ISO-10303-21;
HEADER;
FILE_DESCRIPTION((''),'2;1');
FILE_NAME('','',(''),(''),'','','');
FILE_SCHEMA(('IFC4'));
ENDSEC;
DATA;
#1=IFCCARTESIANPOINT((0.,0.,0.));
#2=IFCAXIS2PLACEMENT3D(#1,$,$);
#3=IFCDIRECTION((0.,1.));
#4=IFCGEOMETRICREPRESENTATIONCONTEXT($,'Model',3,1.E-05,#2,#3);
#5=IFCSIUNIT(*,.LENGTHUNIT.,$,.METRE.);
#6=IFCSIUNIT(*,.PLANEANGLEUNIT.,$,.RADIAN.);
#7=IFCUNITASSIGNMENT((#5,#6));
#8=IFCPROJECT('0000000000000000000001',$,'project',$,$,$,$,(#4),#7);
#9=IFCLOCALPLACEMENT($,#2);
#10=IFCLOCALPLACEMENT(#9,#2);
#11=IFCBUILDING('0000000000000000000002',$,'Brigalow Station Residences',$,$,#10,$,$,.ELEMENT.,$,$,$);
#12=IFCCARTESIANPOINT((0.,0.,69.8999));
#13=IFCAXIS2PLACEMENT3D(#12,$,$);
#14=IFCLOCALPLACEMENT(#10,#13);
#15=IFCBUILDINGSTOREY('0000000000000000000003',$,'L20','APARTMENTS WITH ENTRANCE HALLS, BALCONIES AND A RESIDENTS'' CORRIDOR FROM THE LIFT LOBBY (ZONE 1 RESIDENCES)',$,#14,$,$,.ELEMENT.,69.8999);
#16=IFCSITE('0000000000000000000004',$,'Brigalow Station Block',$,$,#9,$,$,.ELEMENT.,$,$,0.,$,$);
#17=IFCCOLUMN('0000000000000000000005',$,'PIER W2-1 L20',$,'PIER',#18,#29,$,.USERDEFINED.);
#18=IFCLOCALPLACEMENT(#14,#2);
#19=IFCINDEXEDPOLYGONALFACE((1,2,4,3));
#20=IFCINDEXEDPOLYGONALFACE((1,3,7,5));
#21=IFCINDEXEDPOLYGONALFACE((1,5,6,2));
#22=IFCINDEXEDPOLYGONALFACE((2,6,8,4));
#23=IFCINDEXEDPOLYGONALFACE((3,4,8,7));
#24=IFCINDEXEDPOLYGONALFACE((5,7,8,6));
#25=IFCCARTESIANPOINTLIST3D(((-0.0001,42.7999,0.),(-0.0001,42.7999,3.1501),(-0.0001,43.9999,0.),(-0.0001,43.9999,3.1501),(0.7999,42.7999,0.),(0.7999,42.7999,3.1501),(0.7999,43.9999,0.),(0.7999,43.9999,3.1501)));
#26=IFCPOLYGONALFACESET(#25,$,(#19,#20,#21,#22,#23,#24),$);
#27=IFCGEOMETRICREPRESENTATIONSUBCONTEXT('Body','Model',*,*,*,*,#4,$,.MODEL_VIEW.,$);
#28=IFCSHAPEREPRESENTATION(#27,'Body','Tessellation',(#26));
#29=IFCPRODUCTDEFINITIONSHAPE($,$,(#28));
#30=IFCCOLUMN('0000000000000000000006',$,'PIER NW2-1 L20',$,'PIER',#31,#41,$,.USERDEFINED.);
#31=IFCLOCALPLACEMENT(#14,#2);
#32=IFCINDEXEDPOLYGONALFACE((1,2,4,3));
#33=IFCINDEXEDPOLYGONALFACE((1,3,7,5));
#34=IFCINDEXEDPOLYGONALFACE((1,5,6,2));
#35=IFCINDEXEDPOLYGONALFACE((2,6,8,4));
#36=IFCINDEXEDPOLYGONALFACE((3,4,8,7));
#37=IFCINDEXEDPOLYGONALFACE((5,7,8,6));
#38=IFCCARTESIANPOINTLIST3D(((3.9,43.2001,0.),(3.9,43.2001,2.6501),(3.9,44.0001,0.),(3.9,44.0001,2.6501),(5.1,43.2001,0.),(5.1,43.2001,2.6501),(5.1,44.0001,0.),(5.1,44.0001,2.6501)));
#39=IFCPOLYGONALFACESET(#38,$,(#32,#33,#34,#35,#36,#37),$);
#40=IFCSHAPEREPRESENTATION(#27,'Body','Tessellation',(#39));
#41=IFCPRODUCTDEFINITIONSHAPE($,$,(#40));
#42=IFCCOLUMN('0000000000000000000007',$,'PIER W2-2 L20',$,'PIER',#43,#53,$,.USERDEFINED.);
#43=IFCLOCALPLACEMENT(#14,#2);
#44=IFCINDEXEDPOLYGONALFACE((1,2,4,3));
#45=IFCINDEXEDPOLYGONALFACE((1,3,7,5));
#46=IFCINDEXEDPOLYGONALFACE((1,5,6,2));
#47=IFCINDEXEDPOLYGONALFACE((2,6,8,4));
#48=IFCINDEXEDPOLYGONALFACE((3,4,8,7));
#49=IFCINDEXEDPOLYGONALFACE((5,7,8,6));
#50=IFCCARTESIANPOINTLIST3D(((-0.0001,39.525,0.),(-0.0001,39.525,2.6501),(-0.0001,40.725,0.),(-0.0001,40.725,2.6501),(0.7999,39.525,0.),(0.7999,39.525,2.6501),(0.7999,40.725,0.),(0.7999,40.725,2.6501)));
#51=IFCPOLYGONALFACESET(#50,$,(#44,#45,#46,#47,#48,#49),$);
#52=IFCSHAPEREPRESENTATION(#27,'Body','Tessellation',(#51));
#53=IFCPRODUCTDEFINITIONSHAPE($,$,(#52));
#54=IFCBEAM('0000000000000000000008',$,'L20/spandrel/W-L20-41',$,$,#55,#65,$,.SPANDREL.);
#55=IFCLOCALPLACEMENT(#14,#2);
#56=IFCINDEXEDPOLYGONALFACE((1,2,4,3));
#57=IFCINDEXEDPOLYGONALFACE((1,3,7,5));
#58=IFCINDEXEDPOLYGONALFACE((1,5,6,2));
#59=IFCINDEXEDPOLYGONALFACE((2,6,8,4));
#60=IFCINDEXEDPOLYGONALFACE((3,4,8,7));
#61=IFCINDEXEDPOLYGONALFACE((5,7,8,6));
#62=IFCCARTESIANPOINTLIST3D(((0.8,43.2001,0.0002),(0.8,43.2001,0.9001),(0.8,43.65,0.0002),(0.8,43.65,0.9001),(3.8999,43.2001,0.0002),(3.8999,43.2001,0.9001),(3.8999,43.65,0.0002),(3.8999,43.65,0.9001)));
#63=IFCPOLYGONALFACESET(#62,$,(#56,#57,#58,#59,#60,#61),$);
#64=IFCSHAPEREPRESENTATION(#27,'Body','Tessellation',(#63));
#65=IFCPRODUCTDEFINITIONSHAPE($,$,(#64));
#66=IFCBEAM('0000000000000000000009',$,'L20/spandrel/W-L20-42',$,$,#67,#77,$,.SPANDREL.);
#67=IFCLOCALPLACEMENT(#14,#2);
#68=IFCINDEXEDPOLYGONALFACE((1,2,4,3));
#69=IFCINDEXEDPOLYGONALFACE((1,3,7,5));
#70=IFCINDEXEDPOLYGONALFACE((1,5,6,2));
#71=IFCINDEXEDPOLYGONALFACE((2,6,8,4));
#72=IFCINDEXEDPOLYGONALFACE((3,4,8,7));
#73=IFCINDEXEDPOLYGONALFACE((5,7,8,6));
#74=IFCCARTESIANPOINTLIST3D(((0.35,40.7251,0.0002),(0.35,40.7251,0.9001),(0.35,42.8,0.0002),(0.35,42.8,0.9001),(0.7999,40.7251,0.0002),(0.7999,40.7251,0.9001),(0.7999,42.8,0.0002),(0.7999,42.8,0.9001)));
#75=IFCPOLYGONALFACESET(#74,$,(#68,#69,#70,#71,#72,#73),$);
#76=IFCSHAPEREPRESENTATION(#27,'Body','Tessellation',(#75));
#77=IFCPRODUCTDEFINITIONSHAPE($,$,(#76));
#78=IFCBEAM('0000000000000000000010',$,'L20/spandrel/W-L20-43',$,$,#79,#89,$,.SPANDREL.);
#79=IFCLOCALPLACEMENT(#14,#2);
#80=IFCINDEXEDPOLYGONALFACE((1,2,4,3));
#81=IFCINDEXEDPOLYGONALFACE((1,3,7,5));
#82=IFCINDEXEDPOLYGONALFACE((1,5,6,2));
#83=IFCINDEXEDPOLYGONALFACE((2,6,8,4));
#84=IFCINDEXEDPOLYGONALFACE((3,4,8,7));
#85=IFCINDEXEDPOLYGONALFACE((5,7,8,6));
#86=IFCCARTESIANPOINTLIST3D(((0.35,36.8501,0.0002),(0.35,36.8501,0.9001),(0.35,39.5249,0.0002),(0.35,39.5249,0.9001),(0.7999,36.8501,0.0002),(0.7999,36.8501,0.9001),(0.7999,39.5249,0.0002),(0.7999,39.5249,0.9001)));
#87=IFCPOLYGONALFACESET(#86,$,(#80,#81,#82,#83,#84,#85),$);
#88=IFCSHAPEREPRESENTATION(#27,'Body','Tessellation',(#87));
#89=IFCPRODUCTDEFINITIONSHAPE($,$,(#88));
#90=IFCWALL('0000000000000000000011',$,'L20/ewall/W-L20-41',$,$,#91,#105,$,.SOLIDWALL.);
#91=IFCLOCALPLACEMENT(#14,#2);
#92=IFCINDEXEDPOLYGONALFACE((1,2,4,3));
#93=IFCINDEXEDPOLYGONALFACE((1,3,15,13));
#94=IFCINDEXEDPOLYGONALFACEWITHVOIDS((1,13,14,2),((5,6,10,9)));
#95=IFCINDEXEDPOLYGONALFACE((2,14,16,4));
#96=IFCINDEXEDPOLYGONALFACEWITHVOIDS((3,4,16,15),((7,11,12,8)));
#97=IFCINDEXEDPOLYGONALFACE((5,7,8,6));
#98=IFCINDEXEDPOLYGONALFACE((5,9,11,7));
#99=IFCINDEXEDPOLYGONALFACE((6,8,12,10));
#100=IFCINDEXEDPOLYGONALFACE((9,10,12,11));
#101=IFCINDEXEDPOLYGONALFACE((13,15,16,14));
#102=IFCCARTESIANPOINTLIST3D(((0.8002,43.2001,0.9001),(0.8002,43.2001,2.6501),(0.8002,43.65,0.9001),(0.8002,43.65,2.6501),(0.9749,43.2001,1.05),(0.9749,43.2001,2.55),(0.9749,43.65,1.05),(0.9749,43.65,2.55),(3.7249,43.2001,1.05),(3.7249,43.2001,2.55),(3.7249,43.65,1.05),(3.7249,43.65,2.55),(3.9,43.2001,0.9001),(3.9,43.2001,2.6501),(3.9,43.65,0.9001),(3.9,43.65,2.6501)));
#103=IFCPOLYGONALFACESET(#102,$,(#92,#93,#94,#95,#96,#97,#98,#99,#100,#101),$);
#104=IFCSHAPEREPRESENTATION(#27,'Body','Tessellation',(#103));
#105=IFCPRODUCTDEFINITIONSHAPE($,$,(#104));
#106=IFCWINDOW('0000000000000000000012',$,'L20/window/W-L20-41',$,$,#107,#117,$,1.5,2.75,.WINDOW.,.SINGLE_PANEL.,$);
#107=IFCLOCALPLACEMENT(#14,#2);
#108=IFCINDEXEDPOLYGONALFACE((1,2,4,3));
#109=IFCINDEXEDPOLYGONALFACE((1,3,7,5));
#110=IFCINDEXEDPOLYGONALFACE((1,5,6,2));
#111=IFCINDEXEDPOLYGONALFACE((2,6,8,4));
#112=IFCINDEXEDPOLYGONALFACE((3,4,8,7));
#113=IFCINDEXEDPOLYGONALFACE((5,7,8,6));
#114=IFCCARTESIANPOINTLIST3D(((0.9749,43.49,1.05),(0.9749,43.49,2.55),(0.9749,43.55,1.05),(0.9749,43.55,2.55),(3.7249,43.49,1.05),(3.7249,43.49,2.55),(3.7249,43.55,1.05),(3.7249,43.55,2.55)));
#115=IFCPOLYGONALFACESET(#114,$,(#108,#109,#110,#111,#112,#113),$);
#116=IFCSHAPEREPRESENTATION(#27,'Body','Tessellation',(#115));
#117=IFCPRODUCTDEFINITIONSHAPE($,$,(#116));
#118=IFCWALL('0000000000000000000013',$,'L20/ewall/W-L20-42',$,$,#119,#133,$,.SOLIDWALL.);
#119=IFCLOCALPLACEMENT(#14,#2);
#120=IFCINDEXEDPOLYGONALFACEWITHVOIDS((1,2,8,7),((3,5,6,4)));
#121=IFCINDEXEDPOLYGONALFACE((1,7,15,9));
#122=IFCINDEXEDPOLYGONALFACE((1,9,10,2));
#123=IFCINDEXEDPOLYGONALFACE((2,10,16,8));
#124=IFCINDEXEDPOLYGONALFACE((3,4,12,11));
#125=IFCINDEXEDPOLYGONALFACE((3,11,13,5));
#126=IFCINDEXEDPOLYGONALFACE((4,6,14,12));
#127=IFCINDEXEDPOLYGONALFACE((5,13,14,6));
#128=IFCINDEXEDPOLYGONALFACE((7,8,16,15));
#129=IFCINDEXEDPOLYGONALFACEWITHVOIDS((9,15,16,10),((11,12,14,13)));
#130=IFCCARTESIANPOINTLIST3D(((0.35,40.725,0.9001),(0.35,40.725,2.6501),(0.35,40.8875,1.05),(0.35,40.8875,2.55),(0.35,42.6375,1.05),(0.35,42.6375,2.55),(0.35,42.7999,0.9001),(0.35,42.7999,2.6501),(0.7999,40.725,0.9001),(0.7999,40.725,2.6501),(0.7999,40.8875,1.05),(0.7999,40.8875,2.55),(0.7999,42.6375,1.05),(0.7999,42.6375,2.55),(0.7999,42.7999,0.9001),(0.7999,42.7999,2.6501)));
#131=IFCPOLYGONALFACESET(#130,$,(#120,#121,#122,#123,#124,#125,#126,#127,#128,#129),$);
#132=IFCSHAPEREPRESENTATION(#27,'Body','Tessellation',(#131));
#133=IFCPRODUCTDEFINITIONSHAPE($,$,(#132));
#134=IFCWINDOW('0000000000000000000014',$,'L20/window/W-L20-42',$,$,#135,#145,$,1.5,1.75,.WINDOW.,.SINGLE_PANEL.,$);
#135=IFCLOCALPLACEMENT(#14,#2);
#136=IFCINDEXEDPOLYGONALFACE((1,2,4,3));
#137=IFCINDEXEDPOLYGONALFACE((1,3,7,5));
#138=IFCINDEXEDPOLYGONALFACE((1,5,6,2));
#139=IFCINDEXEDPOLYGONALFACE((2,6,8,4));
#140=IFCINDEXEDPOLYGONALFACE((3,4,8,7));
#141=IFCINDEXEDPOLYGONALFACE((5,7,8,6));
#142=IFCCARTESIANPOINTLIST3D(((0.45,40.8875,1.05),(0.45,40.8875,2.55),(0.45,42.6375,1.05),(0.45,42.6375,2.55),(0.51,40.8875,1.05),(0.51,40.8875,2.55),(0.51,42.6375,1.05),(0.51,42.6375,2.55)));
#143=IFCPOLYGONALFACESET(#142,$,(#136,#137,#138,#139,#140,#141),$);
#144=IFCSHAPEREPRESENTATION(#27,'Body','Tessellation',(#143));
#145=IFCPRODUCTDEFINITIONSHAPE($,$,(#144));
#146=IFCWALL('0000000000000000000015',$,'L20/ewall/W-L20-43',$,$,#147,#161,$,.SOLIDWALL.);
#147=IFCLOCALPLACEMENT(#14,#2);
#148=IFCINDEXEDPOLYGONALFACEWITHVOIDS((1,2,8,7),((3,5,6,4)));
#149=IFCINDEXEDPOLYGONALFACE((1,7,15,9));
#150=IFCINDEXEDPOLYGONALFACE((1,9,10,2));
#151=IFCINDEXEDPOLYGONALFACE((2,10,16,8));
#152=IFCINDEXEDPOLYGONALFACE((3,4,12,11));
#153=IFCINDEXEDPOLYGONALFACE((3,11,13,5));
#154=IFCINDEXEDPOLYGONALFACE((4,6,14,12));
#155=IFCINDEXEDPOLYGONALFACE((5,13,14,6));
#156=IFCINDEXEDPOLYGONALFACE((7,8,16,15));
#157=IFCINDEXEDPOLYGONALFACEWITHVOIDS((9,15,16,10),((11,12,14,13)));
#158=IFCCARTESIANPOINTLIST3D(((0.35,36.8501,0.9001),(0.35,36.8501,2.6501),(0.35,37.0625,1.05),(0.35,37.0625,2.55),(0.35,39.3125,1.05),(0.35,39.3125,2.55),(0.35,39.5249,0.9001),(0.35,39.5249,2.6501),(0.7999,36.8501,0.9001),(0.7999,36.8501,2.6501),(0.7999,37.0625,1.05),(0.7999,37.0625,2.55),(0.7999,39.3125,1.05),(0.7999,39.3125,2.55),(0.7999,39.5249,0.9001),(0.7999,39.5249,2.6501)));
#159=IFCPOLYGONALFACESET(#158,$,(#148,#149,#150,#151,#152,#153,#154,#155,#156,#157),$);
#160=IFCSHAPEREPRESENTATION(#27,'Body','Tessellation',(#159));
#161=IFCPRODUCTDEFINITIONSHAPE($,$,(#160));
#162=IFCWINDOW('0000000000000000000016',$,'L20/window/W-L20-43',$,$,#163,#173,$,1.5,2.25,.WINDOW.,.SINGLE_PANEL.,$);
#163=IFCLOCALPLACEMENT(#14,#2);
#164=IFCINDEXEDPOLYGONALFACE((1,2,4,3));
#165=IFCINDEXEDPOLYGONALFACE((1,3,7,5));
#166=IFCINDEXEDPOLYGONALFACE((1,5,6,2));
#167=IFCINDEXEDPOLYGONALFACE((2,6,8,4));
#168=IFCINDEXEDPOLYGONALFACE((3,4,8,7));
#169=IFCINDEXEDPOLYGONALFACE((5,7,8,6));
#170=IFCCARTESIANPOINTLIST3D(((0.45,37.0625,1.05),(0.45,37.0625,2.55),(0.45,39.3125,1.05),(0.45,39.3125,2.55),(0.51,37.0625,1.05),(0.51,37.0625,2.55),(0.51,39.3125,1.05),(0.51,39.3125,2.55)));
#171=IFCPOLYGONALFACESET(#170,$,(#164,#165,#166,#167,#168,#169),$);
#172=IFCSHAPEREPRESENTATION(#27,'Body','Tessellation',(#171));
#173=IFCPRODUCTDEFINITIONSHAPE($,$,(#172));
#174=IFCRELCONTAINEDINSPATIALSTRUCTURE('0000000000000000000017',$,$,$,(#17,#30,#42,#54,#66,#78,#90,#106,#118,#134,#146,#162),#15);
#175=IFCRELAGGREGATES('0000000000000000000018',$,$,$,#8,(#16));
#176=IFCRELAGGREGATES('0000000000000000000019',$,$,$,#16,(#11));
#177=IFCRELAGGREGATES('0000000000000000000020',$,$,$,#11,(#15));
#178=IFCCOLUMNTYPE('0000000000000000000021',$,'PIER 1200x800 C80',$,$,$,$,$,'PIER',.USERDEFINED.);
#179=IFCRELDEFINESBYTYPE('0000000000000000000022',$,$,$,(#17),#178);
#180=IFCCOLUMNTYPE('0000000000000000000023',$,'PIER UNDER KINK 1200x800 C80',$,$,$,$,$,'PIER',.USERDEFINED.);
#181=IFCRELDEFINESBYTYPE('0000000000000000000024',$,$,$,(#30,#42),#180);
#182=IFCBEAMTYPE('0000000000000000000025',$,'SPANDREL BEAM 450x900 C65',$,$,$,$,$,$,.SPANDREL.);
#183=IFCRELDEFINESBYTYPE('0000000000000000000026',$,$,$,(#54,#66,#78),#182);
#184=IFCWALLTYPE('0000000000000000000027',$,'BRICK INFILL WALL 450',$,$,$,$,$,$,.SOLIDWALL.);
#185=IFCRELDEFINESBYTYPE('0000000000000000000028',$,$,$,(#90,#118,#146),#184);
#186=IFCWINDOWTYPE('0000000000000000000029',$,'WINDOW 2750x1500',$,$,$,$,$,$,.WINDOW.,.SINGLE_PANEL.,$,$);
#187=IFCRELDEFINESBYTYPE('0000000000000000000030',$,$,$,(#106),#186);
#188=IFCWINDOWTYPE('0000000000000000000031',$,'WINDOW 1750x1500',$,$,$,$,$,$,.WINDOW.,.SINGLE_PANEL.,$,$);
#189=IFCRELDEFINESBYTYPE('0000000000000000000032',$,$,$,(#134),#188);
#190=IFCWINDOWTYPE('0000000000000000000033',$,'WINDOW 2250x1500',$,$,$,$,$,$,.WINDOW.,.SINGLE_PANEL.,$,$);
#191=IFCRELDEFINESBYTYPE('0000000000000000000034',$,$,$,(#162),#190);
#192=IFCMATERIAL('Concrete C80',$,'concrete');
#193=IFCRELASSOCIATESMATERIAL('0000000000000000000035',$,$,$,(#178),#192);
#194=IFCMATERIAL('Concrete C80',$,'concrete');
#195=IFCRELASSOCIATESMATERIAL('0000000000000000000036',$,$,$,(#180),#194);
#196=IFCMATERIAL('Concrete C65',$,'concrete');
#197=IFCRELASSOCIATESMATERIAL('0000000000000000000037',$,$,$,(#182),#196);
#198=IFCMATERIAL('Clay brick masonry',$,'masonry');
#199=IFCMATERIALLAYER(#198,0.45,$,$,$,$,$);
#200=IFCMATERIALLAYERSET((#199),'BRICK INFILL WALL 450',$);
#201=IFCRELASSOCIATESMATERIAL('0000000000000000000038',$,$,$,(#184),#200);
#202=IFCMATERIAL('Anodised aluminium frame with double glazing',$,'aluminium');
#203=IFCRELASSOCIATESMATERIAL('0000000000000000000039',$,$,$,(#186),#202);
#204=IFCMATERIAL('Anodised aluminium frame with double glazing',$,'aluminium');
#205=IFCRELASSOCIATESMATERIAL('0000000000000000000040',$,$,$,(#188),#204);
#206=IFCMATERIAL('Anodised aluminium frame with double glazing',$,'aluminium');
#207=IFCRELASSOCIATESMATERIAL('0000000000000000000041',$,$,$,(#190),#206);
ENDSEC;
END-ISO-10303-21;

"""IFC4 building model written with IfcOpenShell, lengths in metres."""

from ifc_helpers import new_model, si_unit, direction, frame, frame_2d, origin, origin_2d, place, context, subcontext, project, spatial, rectangle, extrude, material, layer, layer_set, material_profile, profile_set, type_object, element, fill, save


model = new_model("IFC4")

# Units and contexts
model_context = context("Model", 3, precision=1e-05, world=origin(), true_north=direction((0.0, 1.0)))
body_context = subcontext(model_context, "Body", "Model", "MODEL_VIEW")
ifc_project = project(units=[si_unit("LENGTHUNIT", "METRE"), si_unit("PLANEANGLEUNIT", "RADIAN")], contexts=[model_context])

# Site, building, storey
site_placement = place(None, origin())
site = spatial("IfcSite", under=ifc_project, at=site_placement, Name="Brigalow Station Block", CompositionType="ELEMENT", RefElevation=0.0)
building_placement = place(site_placement, origin())
building = spatial("IfcBuilding", under=site, at=building_placement, Name="Brigalow Station Residences", CompositionType="ELEMENT")
storey_placement = place(building_placement, frame((0.0, 0.0, 69.8999)))
storey = spatial("IfcBuildingStorey", under=building, at=storey_placement, Name="L20", Description="APARTMENTS WITH ENTRANCE HALLS, BALCONIES AND A RESIDENTS' CORRIDOR FROM THE LIFT LOBBY (ZONE 1 RESIDENCES)", CompositionType="ELEMENT", Elevation=69.8999)

# Columns
ifc_material_1 = material(Name="Concrete C80", Category="concrete")
ifc_material_profile_1 = material_profile(ifc_material_1, rectangle(XDim=1.2, YDim=0.8, at=origin_2d()), Name="RC1200x800")
ifc_profile_set_1 = profile_set([ifc_material_profile_1], Name="Concrete C80")
column_type_1 = type_object("IfcColumnType", Name="PIER 1200x800 C80", ElementType="PIER", PredefinedType="USERDEFINED", material=ifc_profile_set_1)
column_placement = place(storey_placement, frame((0.3999, 43.3999, 0.0), z_axis=(0.0, 0.0, 1.0), x_axis=(0.0, -1.0, 0.0)))
element("IfcColumn", 1, at=column_placement, inside=storey, type_object=column_type_1, Name="PIER W2-1 L20", ObjectType="PIER", PredefinedType="USERDEFINED", context=body_context, shape_type="SweptSolid", body=[
    extrude(rectangle(XDim=1.2, YDim=0.8, at=origin_2d()), origin(), (0.0, 0.0, 1.0), 3.1501),
])
ifc_material_2 = material(Name="Concrete C80", Category="concrete")
ifc_material_profile_2 = material_profile(ifc_material_2, rectangle(XDim=1.2, YDim=0.8, at=origin_2d()), Name="RC1200x800")
ifc_profile_set_2 = profile_set([ifc_material_profile_2], Name="Concrete C80")
column_type_2 = type_object("IfcColumnType", Name="PIER UNDER KINK 1200x800 C80", ElementType="PIER", PredefinedType="USERDEFINED", material=ifc_profile_set_2)
for number, where, z_axis, x_axis, name in (
    (2, (4.5, 43.6001, 0.0), (0.0, 0.0, 1.0), (-1.0, 0.0, 0.0), "PIER NW2-1 L20"),
    (3, (0.3999, 40.125, 0.0), (0.0, 0.0, 1.0), (0.0, -1.0, 0.0), "PIER W2-2 L20"),
):
    element("IfcColumn", number, at=place(storey_placement, frame(where, z_axis=z_axis, x_axis=x_axis)), inside=storey, type_object=column_type_2, Name=name, ObjectType="PIER", PredefinedType="USERDEFINED", context=body_context, shape_type="SweptSolid", body=[
        extrude(rectangle(XDim=1.2, YDim=0.8, at=origin_2d()), origin(), (0.0, 0.0, 1.0), 2.6501),
    ])

# Beams
ifc_material_3 = material(Name="Concrete C65", Category="concrete")
ifc_material_profile_3 = material_profile(ifc_material_3, rectangle(XDim=0.45, YDim=0.8999, at=origin_2d()), Name="RC450x900")
ifc_profile_set_3 = profile_set([ifc_material_profile_3], Name="Concrete C65")
beam_type = type_object("IfcBeamType", Name="SPANDREL BEAM 450x900 C65", PredefinedType="SPANDREL", material=ifc_profile_set_3)
beam_1_placement = place(storey_placement, frame((3.8999, 43.425, 0.4502), z_axis=(-1.0, 0.0, 0.0), x_axis=(0.0, -1.0, 0.0)))
element("IfcBeam", 4, at=beam_1_placement, inside=storey, type_object=beam_type, Name="L20/spandrel/W-L20-41", PredefinedType="SPANDREL", context=body_context, shape_type="SweptSolid", body=[
    extrude(rectangle(XDim=0.45, YDim=0.8999, at=origin_2d()), origin(), (0.0, 0.0, 1.0), 3.0999),
])
beam_2_placement = place(storey_placement, frame((0.575, 42.8, 0.4502), z_axis=(0.0, -1.0, 0.0), x_axis=(1.0, 0.0, 0.0)))
element("IfcBeam", 5, at=beam_2_placement, inside=storey, type_object=beam_type, Name="L20/spandrel/W-L20-42", PredefinedType="SPANDREL", context=body_context, shape_type="SweptSolid", body=[
    extrude(rectangle(XDim=0.45, YDim=0.8999, at=origin_2d()), origin(), (0.0, 0.0, 1.0), 2.075),
])
beam_3_placement = place(storey_placement, frame((0.575, 39.5249, 0.4502), z_axis=(0.0, -1.0, 0.0), x_axis=(1.0, 0.0, 0.0)))
element("IfcBeam", 6, at=beam_3_placement, inside=storey, type_object=beam_type, Name="L20/spandrel/W-L20-43", PredefinedType="SPANDREL", context=body_context, shape_type="SweptSolid", body=[
    extrude(rectangle(XDim=0.45, YDim=0.8999, at=origin_2d()), origin(), (0.0, 0.0, 1.0), 2.6748),
])

# Walls, openings, windows
ifc_material_4 = material(Name="Clay brick masonry", Category="masonry")
ifc_layer_1 = layer(ifc_material_4, 0.45)
ifc_layer_set_1 = layer_set([ifc_layer_1], Name="BRICK INFILL WALL 450")
wall_type_1 = type_object("IfcWallType", Name="BRICK INFILL WALL 450", PredefinedType="SOLIDWALL", material=ifc_layer_set_1)
wall_1_placement = place(storey_placement, frame((3.8999, 43.425, 0.9001), z_axis=(0.0, 0.0, 1.0), x_axis=(-1.0, 0.0, 0.0)))
wall_1 = element("IfcWall", 7, at=wall_1_placement, inside=storey, type_object=wall_type_1, Name="L20/ewall/W-L20-41", PredefinedType="SOLIDWALL", context=body_context, shape_type="SweptSolid", body=[
    extrude(rectangle(XDim=3.0999, YDim=0.45, at=frame_2d((1.5498, 0.0))), origin(), (0.0, 0.0, 1.0), 1.75),
])
opening_1_placement = place(wall_1_placement, frame((0.175, 0.0, 0.1499)))
opening_1 = element("IfcOpeningElement", 8, at=opening_1_placement, cuts=wall_1, PredefinedType="OPENING", context=body_context, shape_type="SweptSolid", body=[
    extrude(rectangle(XDim=2.75, YDim=1.5, at=frame_2d((1.375, 0.75))), frame((0.0, 0.2349, 0.0), z_axis=(0.0, -1.0, 0.0), x_axis=(1.0, 0.0, 0.0)), (0.0, 0.0, 1.0), 0.47),
])
ifc_material_5 = material(Name="Anodised aluminium frame with double glazing", Category="aluminium")
window_type_1 = type_object("IfcWindowType", Name="WINDOW 2750x1500", PartitioningType="SINGLE_PANEL", PredefinedType="WINDOW", material=ifc_material_5)
window_1_placement = place(opening_1_placement, origin())
window_1 = element("IfcWindow", 9, at=window_1_placement, inside=storey, type_object=window_type_1, Name="L20/window/W-L20-41", OverallHeight=1.5, OverallWidth=2.75, PartitioningType="SINGLE_PANEL", PredefinedType="WINDOW", context=body_context, shape_type="SweptSolid", body=[
    extrude(rectangle(XDim=2.75, YDim=1.5, at=frame_2d((1.375, 0.75))), frame((0.0, -0.0649, 0.0), z_axis=(0.0, -1.0, 0.0), x_axis=(1.0, 0.0, 0.0)), (0.0, 0.0, 1.0), 0.0601),
])
fill(opening_1, window_1)
wall_2_placement = place(storey_placement, frame((0.575, 42.8, 0.9001), z_axis=(0.0, 0.0, 1.0), x_axis=(0.0, -1.0, 0.0)))
wall_2 = element("IfcWall", 10, at=wall_2_placement, inside=storey, type_object=wall_type_1, Name="L20/ewall/W-L20-42", PredefinedType="SOLIDWALL", context=body_context, shape_type="SweptSolid", body=[
    extrude(rectangle(XDim=2.075, YDim=0.45, at=frame_2d((1.0376, 0.0))), origin(), (0.0, 0.0, 1.0), 1.75),
])
opening_2_placement = place(wall_2_placement, frame((0.1626, 0.0, 0.1499)))
opening_2 = element("IfcOpeningElement", 11, at=opening_2_placement, cuts=wall_2, PredefinedType="OPENING", context=body_context, shape_type="SweptSolid", body=[
    extrude(rectangle(XDim=1.75, YDim=1.5, at=frame_2d((0.875, 0.75))), frame((0.0, 0.2349, 0.0), z_axis=(0.0, -1.0, 0.0), x_axis=(1.0, 0.0, 0.0)), (0.0, 0.0, 1.0), 0.47),
])
ifc_material_6 = material(Name="Anodised aluminium frame with double glazing", Category="aluminium")
window_type_2 = type_object("IfcWindowType", Name="WINDOW 1750x1500", PartitioningType="SINGLE_PANEL", PredefinedType="WINDOW", material=ifc_material_6)
window_2_placement = place(opening_2_placement, origin())
window_2 = element("IfcWindow", 12, at=window_2_placement, inside=storey, type_object=window_type_2, Name="L20/window/W-L20-42", OverallHeight=1.5, OverallWidth=1.75, PartitioningType="SINGLE_PANEL", PredefinedType="WINDOW", context=body_context, shape_type="SweptSolid", body=[
    extrude(rectangle(XDim=1.75, YDim=1.5, at=frame_2d((0.875, 0.75))), frame((0.0, -0.0649, 0.0), z_axis=(0.0, -1.0, 0.0), x_axis=(1.0, 0.0, 0.0)), (0.0, 0.0, 1.0), 0.0601),
])
fill(opening_2, window_2)
wall_3_placement = place(storey_placement, frame((0.575, 39.5249, 0.9001), z_axis=(0.0, 0.0, 1.0), x_axis=(0.0, -1.0, 0.0)))
wall_3 = element("IfcWall", 13, at=wall_3_placement, inside=storey, type_object=wall_type_1, Name="L20/ewall/W-L20-43", PredefinedType="SOLIDWALL", context=body_context, shape_type="SweptSolid", body=[
    extrude(rectangle(XDim=2.6748, YDim=0.45, at=frame_2d((1.3374, 0.0))), origin(), (0.0, 0.0, 1.0), 1.75),
])
opening_3_placement = place(wall_3_placement, frame((0.2124, 0.0, 0.1499)))
opening_3 = element("IfcOpeningElement", 14, at=opening_3_placement, cuts=wall_3, PredefinedType="OPENING", context=body_context, shape_type="SweptSolid", body=[
    extrude(rectangle(XDim=2.25, YDim=1.5, at=frame_2d((1.125, 0.75))), frame((0.0, 0.2349, 0.0), z_axis=(0.0, -1.0, 0.0), x_axis=(1.0, 0.0, 0.0)), (0.0, 0.0, 1.0), 0.47),
])
ifc_material_7 = material(Name="Anodised aluminium frame with double glazing", Category="aluminium")
window_type_3 = type_object("IfcWindowType", Name="WINDOW 2250x1500", PartitioningType="SINGLE_PANEL", PredefinedType="WINDOW", material=ifc_material_7)
window_3_placement = place(opening_3_placement, origin())
window_3 = element("IfcWindow", 15, at=window_3_placement, inside=storey, type_object=window_type_3, Name="L20/window/W-L20-43", OverallHeight=1.5, OverallWidth=2.25, PartitioningType="SINGLE_PANEL", PredefinedType="WINDOW", context=body_context, shape_type="SweptSolid", body=[
    extrude(rectangle(XDim=2.25, YDim=1.5, at=frame_2d((1.125, 0.75))), frame((0.0, -0.0649, 0.0), z_axis=(0.0, -1.0, 0.0), x_axis=(1.0, 0.0, 0.0)), (0.0, 0.0, 1.0), 0.0601),
])
fill(opening_3, window_3)

save(model, "model.ifc")
